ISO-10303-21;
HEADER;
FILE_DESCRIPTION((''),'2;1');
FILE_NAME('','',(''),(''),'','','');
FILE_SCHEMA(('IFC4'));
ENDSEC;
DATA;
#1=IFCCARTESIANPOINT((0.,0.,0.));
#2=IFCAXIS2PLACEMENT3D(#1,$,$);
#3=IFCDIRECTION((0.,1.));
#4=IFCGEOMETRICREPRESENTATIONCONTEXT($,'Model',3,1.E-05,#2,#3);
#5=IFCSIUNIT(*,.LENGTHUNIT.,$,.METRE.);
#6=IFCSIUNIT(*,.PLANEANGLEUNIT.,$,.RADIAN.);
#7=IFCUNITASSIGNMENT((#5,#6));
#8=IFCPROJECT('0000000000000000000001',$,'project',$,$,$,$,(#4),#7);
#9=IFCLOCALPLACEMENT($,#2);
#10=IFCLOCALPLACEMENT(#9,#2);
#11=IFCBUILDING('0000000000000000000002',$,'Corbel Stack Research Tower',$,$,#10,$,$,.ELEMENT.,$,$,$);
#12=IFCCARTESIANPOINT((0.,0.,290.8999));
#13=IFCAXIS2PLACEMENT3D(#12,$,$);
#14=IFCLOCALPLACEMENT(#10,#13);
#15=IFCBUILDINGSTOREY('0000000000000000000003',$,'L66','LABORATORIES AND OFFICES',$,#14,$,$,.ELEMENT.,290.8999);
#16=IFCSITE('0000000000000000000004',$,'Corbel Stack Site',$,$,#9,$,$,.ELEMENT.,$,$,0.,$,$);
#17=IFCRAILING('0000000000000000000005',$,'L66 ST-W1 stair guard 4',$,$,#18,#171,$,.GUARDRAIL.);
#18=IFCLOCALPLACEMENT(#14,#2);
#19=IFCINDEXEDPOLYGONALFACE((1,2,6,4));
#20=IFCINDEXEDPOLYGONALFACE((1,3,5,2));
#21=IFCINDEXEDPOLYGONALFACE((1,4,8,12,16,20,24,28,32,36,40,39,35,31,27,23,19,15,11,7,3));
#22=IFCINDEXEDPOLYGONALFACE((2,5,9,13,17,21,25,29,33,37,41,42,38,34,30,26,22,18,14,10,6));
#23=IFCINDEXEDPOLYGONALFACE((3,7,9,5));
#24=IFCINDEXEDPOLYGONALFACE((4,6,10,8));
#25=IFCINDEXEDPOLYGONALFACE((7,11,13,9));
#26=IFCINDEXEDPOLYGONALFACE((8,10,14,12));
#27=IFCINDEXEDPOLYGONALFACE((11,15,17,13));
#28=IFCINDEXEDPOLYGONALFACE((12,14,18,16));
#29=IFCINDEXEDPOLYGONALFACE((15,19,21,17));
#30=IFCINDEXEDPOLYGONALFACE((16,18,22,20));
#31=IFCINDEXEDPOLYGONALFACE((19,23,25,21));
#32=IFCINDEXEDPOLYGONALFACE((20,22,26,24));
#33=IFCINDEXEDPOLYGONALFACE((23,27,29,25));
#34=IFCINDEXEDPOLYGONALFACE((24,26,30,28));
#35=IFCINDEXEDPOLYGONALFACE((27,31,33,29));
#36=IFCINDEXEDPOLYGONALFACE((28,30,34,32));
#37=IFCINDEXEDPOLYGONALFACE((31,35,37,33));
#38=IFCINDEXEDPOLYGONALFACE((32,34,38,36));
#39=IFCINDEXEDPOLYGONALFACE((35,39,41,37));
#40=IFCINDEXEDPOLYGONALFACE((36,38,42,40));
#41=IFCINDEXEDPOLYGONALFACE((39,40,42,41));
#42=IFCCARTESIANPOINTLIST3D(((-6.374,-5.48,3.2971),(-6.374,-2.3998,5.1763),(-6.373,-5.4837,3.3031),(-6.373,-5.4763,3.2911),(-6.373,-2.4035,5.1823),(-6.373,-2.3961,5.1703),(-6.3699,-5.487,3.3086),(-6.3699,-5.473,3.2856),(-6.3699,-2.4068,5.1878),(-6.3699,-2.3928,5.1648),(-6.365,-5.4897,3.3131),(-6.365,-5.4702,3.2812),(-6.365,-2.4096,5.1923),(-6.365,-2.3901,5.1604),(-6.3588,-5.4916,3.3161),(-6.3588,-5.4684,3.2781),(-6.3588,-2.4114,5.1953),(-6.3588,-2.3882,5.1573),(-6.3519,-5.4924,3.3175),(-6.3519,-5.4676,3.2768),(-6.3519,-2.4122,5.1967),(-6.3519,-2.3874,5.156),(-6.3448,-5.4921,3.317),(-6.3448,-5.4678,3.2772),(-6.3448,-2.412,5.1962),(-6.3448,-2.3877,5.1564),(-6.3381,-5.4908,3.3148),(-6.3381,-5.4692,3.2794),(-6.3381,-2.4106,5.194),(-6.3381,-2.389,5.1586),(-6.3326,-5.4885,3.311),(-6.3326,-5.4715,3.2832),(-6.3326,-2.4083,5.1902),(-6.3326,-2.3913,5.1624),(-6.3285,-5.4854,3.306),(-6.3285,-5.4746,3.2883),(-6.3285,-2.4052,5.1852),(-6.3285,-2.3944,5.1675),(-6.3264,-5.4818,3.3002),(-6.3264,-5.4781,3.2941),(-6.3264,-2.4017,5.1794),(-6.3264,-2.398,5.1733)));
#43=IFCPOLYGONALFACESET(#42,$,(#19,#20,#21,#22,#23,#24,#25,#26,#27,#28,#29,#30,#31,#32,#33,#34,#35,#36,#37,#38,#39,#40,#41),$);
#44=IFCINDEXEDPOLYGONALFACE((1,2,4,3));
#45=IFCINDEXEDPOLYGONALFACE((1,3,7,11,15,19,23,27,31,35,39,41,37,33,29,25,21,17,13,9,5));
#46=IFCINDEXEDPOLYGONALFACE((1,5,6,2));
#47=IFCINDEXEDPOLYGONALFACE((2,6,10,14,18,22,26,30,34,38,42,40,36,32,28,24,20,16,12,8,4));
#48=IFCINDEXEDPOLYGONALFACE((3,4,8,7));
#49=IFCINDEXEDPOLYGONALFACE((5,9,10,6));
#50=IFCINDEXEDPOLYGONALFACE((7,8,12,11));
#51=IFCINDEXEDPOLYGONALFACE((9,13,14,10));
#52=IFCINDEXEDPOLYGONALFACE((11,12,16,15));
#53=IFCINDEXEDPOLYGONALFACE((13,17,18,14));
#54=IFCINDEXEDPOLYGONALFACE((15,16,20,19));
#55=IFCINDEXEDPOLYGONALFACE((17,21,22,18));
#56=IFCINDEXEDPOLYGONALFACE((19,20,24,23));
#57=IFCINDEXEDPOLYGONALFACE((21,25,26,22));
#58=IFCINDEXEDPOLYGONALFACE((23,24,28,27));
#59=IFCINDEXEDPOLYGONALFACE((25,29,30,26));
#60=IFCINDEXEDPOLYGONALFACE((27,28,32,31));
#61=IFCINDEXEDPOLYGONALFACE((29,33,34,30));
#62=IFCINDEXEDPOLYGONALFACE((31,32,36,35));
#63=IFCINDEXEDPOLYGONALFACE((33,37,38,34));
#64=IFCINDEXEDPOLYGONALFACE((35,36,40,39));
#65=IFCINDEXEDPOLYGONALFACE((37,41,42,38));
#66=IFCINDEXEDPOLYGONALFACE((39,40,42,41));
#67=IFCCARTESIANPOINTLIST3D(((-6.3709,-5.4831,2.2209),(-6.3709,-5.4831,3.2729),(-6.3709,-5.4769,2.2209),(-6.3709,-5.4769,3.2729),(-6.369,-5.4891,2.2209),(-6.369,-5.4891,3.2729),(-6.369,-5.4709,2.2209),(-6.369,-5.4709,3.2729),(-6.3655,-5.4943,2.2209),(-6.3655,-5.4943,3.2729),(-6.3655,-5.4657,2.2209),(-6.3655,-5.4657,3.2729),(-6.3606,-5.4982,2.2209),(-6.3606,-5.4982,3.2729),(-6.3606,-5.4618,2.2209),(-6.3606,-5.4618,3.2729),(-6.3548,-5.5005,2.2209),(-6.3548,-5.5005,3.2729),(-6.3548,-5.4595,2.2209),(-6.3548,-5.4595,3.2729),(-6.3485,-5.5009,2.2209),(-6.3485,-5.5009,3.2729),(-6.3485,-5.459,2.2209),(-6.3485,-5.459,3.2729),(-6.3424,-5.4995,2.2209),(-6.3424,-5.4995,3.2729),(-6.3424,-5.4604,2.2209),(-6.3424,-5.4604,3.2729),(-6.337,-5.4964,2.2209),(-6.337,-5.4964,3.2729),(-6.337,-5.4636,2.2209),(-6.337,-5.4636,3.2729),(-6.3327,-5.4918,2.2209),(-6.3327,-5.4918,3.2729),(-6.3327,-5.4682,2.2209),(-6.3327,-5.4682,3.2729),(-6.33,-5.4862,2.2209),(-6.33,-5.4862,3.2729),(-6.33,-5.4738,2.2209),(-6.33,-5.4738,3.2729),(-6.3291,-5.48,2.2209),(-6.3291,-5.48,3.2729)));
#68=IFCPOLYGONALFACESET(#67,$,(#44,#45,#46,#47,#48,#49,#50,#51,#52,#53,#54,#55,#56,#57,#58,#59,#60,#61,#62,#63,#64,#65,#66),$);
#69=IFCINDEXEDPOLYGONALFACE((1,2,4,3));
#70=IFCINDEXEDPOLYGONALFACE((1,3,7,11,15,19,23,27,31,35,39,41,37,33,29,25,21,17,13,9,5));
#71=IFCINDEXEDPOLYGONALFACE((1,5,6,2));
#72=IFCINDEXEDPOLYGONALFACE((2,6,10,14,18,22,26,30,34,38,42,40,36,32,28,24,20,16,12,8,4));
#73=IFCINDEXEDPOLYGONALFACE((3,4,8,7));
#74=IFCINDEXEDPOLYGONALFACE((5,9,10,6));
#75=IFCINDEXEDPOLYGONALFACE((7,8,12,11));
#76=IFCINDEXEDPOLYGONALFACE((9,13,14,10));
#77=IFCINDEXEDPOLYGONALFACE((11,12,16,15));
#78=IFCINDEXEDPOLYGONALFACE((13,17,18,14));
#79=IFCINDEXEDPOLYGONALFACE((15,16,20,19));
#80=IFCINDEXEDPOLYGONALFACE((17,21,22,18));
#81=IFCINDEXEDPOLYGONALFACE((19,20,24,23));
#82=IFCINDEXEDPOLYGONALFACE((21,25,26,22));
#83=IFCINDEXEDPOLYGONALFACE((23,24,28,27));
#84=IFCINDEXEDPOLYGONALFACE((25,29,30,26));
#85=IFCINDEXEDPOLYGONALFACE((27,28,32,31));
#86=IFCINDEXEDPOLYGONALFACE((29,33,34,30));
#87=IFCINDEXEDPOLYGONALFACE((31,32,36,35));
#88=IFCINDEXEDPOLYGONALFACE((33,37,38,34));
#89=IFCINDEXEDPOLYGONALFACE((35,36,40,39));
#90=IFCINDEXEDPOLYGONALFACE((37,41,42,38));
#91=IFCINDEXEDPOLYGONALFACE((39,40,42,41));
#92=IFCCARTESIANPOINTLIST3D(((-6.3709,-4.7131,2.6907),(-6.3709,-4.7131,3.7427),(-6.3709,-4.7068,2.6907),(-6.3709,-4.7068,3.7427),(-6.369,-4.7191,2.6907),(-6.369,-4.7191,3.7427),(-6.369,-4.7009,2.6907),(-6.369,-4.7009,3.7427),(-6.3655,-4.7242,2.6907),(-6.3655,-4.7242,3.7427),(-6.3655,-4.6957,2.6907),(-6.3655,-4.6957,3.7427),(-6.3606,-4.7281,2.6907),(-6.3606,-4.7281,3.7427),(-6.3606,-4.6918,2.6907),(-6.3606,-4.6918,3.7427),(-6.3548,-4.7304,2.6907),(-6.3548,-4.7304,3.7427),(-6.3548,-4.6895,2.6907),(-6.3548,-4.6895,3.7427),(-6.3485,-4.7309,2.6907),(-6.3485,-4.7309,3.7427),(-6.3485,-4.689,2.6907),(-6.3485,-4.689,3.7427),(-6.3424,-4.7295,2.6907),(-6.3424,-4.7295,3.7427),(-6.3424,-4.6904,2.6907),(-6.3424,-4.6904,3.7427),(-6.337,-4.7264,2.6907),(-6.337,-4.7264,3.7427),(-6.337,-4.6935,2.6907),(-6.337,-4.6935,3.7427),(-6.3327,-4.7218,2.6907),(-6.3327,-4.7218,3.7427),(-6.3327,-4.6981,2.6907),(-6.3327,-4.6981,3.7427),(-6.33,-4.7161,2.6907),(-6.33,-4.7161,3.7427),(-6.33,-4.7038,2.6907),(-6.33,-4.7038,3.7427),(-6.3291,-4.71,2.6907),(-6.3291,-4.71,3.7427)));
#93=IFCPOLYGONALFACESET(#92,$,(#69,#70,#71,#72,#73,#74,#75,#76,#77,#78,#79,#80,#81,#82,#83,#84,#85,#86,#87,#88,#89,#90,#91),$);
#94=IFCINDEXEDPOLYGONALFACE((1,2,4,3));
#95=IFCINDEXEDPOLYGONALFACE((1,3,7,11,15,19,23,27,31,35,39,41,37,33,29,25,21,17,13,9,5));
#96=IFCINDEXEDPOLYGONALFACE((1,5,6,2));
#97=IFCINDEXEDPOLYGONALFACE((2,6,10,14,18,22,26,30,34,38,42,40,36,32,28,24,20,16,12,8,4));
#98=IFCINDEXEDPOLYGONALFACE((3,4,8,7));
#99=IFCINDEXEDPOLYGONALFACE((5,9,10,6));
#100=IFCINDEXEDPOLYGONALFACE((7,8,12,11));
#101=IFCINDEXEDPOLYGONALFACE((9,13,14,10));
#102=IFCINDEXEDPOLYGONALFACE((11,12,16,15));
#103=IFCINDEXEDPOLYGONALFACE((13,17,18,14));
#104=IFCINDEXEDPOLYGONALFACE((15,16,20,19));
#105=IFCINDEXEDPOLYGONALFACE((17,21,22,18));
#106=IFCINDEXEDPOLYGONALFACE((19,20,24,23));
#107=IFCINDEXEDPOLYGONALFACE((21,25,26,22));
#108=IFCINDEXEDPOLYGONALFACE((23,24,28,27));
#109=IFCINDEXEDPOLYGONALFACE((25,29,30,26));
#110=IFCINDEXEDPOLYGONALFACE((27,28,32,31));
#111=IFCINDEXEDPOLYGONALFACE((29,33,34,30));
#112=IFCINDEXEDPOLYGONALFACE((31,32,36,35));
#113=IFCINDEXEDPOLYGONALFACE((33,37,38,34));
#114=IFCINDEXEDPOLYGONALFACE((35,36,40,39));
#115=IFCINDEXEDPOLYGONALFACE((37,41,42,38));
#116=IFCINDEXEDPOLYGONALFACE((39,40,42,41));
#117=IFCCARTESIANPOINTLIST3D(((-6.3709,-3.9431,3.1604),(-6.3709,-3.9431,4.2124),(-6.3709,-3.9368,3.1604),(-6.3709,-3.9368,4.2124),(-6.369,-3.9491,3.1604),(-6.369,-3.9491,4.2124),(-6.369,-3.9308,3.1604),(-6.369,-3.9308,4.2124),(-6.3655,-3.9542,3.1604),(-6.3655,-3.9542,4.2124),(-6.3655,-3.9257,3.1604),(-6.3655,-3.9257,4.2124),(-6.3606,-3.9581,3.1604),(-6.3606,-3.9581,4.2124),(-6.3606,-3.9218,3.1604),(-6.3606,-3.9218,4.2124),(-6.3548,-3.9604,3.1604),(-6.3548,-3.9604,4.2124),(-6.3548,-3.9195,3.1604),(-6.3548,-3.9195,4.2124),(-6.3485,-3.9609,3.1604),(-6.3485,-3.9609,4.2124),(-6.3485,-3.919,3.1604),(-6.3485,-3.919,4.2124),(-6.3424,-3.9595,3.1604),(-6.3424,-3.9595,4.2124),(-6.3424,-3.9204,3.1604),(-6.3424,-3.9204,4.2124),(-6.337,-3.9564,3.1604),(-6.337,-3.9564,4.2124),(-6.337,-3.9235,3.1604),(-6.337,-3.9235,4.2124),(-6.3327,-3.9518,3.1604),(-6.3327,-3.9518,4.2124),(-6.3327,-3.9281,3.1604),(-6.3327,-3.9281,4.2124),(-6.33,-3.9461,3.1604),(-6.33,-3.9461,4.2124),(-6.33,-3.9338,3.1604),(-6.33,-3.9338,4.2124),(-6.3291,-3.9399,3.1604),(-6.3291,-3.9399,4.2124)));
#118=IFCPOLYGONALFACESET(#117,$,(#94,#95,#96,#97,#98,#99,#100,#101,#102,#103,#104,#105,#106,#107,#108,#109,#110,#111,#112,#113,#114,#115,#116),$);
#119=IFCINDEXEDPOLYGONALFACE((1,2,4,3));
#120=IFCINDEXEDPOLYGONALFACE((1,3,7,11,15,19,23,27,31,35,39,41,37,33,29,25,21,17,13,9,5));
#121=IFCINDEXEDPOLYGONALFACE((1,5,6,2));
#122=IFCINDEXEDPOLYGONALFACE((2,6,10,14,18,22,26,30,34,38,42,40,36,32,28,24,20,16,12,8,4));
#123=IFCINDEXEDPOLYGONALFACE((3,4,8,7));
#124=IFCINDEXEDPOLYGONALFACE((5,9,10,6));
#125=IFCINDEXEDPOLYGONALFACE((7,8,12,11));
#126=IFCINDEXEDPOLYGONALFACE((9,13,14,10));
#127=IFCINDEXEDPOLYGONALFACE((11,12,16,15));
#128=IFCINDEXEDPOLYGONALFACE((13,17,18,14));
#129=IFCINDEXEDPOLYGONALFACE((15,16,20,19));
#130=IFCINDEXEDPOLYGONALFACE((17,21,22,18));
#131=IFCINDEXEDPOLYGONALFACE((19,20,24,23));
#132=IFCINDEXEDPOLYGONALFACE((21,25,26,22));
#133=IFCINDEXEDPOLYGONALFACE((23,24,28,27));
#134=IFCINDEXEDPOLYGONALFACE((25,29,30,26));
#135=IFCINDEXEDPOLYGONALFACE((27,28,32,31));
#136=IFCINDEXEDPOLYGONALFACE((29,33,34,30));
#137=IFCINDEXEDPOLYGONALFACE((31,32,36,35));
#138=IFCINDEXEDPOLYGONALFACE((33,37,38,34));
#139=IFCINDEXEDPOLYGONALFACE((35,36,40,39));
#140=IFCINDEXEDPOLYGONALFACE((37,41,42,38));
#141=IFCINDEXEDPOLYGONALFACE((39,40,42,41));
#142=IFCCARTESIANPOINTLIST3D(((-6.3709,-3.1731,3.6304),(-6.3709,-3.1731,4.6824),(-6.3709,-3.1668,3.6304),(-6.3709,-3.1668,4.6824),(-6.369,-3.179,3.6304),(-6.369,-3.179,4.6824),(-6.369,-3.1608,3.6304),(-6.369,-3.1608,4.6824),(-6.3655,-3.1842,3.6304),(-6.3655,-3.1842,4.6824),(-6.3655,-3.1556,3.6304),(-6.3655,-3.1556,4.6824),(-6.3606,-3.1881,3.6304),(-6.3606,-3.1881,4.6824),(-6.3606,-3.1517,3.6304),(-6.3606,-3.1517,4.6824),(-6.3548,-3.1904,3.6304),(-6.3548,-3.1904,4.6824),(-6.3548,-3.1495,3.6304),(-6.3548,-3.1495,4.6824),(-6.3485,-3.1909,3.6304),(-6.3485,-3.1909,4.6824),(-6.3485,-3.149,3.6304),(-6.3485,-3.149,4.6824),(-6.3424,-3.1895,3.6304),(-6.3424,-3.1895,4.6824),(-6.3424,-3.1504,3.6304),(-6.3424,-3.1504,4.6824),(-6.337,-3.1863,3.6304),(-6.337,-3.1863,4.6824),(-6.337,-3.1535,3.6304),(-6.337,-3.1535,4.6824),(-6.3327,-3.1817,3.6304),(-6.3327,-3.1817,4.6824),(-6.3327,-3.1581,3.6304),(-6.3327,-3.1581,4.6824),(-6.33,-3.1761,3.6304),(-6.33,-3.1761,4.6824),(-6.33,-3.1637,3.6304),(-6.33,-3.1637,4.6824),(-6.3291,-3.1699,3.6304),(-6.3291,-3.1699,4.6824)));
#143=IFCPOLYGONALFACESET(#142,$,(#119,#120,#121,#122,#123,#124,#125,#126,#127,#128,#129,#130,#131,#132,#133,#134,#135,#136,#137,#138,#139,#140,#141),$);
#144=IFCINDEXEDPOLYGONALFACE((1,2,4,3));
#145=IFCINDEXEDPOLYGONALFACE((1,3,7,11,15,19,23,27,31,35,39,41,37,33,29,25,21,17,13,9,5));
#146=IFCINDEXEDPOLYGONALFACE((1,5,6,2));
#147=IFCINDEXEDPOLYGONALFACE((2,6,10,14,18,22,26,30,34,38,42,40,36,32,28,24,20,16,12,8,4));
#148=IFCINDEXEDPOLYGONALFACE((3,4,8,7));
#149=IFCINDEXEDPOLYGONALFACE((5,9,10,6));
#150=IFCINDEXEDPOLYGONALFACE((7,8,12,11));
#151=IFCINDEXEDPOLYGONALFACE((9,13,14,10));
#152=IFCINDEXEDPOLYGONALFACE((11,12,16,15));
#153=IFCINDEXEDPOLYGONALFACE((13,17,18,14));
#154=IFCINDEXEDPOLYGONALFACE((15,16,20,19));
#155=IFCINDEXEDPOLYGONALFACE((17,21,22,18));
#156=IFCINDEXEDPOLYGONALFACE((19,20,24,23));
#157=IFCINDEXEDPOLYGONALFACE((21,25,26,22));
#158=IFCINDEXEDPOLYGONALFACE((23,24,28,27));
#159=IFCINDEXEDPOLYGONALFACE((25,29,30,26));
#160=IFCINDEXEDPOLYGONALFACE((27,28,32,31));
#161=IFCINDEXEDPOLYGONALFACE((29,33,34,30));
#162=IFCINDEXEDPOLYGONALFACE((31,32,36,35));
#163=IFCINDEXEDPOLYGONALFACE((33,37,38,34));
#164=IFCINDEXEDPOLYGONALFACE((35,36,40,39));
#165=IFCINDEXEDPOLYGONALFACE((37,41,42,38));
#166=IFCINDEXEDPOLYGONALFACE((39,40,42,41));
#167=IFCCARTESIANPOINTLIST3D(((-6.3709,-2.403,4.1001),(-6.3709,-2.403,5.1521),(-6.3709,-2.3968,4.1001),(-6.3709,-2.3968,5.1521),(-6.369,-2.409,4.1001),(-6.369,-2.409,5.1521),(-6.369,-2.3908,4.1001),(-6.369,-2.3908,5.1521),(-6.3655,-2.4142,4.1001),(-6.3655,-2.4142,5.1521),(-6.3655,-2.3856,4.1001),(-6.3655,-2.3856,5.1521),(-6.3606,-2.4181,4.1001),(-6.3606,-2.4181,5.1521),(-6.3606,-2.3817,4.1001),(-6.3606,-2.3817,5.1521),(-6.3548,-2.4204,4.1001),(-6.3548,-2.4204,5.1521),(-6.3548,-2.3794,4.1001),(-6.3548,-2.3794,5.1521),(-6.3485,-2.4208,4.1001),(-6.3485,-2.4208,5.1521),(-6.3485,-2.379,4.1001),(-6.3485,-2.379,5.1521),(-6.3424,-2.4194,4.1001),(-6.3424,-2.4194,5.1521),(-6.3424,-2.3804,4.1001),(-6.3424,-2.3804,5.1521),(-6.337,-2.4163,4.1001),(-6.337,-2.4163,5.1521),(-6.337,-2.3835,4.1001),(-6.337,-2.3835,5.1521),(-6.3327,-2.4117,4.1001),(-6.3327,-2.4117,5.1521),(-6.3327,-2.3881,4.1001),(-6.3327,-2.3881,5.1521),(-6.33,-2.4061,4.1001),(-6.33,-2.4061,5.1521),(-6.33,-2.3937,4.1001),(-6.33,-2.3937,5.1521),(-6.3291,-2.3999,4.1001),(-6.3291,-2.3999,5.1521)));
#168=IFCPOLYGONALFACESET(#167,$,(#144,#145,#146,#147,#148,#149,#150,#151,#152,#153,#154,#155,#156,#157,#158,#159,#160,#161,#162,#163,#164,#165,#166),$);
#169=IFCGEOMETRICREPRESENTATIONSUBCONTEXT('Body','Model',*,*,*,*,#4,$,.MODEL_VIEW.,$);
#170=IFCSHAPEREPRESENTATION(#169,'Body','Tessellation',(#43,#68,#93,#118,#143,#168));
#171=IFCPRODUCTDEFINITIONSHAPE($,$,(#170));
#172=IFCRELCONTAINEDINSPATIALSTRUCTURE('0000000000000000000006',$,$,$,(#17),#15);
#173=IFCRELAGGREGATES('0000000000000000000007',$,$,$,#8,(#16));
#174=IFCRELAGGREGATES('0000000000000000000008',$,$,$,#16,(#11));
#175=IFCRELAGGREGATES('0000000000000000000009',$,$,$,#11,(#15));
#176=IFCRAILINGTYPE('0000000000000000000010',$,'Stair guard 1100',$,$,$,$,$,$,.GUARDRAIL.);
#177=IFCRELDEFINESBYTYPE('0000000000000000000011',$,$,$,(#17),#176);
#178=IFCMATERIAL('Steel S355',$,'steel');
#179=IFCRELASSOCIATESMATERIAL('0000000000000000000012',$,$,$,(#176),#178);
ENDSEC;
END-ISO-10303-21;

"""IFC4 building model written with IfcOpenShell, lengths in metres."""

from ifc_helpers import new_model, si_unit, direction, frame, origin, origin_2d, place, context, subcontext, project, spatial, circle, extrude, material, type_object, element, save


model = new_model("IFC4")

# Units and contexts
model_context = context("Model", 3, precision=1e-05, world=origin(), true_north=direction((0.0, 1.0)))
body_context = subcontext(model_context, "Body", "Model", "MODEL_VIEW")
ifc_project = project(units=[si_unit("LENGTHUNIT", "METRE"), si_unit("PLANEANGLEUNIT", "RADIAN")], contexts=[model_context])

# Site, building, storey
site_placement = place(None, origin())
site = spatial("IfcSite", under=ifc_project, at=site_placement, Name="Corbel Stack Site", CompositionType="ELEMENT", RefElevation=0.0)
building_placement = place(site_placement, origin())
building = spatial("IfcBuilding", under=site, at=building_placement, Name="Corbel Stack Research Tower", CompositionType="ELEMENT")
storey_placement = place(building_placement, frame((0.0, 0.0, 290.8999)))
storey = spatial("IfcBuildingStorey", under=building, at=storey_placement, Name="L66", Description="LABORATORIES AND OFFICES", CompositionType="ELEMENT", Elevation=290.8999)

# Railing
ifc_material_1 = material(Name="Steel S355", Category="steel")
railing_type_1 = type_object("IfcRailingType", Name="Stair guard 1100", PredefinedType="GUARDRAIL", material=ifc_material_1)
railing_1_placement = place(storey_placement, frame((-6.3501, -5.48, 2.2209)))
element("IfcRailing", 1, at=railing_1_placement, inside=storey, type_object=railing_type_1, Name="L66 ST-W1 stair guard 4", PredefinedType="GUARDRAIL", context=body_context, shape_type="SweptSolid", body=[
    extrude(circle(Radius=0.0239, at=origin_2d()), frame((0.0, 0.0, 1.0762), z_axis=(0.0, 0.853666, 0.52082), x_axis=(-1.0, 0.0, 0.0)), (0.0, 0.0, 1.0), 3.6082),
    extrude(circle(Radius=0.021, at=origin_2d()), origin(), (0.0, 0.0, 1.0), 1.052),
    extrude(circle(Radius=0.021, at=origin_2d()), frame((0.0, 0.77, 0.4697)), (0.0, 0.0, 1.0), 1.052),
    extrude(circle(Radius=0.021, at=origin_2d()), frame((0.0, 1.54, 0.9395)), (0.0, 0.0, 1.0), 1.052),
    extrude(circle(Radius=0.021, at=origin_2d()), frame((0.0, 2.3101, 1.4094)), (0.0, 0.0, 1.0), 1.052),
    extrude(circle(Radius=0.021, at=origin_2d()), frame((0.0, 3.0801, 1.8792)), (0.0, 0.0, 1.0), 1.052),
])

save(model, "model.ifc")
